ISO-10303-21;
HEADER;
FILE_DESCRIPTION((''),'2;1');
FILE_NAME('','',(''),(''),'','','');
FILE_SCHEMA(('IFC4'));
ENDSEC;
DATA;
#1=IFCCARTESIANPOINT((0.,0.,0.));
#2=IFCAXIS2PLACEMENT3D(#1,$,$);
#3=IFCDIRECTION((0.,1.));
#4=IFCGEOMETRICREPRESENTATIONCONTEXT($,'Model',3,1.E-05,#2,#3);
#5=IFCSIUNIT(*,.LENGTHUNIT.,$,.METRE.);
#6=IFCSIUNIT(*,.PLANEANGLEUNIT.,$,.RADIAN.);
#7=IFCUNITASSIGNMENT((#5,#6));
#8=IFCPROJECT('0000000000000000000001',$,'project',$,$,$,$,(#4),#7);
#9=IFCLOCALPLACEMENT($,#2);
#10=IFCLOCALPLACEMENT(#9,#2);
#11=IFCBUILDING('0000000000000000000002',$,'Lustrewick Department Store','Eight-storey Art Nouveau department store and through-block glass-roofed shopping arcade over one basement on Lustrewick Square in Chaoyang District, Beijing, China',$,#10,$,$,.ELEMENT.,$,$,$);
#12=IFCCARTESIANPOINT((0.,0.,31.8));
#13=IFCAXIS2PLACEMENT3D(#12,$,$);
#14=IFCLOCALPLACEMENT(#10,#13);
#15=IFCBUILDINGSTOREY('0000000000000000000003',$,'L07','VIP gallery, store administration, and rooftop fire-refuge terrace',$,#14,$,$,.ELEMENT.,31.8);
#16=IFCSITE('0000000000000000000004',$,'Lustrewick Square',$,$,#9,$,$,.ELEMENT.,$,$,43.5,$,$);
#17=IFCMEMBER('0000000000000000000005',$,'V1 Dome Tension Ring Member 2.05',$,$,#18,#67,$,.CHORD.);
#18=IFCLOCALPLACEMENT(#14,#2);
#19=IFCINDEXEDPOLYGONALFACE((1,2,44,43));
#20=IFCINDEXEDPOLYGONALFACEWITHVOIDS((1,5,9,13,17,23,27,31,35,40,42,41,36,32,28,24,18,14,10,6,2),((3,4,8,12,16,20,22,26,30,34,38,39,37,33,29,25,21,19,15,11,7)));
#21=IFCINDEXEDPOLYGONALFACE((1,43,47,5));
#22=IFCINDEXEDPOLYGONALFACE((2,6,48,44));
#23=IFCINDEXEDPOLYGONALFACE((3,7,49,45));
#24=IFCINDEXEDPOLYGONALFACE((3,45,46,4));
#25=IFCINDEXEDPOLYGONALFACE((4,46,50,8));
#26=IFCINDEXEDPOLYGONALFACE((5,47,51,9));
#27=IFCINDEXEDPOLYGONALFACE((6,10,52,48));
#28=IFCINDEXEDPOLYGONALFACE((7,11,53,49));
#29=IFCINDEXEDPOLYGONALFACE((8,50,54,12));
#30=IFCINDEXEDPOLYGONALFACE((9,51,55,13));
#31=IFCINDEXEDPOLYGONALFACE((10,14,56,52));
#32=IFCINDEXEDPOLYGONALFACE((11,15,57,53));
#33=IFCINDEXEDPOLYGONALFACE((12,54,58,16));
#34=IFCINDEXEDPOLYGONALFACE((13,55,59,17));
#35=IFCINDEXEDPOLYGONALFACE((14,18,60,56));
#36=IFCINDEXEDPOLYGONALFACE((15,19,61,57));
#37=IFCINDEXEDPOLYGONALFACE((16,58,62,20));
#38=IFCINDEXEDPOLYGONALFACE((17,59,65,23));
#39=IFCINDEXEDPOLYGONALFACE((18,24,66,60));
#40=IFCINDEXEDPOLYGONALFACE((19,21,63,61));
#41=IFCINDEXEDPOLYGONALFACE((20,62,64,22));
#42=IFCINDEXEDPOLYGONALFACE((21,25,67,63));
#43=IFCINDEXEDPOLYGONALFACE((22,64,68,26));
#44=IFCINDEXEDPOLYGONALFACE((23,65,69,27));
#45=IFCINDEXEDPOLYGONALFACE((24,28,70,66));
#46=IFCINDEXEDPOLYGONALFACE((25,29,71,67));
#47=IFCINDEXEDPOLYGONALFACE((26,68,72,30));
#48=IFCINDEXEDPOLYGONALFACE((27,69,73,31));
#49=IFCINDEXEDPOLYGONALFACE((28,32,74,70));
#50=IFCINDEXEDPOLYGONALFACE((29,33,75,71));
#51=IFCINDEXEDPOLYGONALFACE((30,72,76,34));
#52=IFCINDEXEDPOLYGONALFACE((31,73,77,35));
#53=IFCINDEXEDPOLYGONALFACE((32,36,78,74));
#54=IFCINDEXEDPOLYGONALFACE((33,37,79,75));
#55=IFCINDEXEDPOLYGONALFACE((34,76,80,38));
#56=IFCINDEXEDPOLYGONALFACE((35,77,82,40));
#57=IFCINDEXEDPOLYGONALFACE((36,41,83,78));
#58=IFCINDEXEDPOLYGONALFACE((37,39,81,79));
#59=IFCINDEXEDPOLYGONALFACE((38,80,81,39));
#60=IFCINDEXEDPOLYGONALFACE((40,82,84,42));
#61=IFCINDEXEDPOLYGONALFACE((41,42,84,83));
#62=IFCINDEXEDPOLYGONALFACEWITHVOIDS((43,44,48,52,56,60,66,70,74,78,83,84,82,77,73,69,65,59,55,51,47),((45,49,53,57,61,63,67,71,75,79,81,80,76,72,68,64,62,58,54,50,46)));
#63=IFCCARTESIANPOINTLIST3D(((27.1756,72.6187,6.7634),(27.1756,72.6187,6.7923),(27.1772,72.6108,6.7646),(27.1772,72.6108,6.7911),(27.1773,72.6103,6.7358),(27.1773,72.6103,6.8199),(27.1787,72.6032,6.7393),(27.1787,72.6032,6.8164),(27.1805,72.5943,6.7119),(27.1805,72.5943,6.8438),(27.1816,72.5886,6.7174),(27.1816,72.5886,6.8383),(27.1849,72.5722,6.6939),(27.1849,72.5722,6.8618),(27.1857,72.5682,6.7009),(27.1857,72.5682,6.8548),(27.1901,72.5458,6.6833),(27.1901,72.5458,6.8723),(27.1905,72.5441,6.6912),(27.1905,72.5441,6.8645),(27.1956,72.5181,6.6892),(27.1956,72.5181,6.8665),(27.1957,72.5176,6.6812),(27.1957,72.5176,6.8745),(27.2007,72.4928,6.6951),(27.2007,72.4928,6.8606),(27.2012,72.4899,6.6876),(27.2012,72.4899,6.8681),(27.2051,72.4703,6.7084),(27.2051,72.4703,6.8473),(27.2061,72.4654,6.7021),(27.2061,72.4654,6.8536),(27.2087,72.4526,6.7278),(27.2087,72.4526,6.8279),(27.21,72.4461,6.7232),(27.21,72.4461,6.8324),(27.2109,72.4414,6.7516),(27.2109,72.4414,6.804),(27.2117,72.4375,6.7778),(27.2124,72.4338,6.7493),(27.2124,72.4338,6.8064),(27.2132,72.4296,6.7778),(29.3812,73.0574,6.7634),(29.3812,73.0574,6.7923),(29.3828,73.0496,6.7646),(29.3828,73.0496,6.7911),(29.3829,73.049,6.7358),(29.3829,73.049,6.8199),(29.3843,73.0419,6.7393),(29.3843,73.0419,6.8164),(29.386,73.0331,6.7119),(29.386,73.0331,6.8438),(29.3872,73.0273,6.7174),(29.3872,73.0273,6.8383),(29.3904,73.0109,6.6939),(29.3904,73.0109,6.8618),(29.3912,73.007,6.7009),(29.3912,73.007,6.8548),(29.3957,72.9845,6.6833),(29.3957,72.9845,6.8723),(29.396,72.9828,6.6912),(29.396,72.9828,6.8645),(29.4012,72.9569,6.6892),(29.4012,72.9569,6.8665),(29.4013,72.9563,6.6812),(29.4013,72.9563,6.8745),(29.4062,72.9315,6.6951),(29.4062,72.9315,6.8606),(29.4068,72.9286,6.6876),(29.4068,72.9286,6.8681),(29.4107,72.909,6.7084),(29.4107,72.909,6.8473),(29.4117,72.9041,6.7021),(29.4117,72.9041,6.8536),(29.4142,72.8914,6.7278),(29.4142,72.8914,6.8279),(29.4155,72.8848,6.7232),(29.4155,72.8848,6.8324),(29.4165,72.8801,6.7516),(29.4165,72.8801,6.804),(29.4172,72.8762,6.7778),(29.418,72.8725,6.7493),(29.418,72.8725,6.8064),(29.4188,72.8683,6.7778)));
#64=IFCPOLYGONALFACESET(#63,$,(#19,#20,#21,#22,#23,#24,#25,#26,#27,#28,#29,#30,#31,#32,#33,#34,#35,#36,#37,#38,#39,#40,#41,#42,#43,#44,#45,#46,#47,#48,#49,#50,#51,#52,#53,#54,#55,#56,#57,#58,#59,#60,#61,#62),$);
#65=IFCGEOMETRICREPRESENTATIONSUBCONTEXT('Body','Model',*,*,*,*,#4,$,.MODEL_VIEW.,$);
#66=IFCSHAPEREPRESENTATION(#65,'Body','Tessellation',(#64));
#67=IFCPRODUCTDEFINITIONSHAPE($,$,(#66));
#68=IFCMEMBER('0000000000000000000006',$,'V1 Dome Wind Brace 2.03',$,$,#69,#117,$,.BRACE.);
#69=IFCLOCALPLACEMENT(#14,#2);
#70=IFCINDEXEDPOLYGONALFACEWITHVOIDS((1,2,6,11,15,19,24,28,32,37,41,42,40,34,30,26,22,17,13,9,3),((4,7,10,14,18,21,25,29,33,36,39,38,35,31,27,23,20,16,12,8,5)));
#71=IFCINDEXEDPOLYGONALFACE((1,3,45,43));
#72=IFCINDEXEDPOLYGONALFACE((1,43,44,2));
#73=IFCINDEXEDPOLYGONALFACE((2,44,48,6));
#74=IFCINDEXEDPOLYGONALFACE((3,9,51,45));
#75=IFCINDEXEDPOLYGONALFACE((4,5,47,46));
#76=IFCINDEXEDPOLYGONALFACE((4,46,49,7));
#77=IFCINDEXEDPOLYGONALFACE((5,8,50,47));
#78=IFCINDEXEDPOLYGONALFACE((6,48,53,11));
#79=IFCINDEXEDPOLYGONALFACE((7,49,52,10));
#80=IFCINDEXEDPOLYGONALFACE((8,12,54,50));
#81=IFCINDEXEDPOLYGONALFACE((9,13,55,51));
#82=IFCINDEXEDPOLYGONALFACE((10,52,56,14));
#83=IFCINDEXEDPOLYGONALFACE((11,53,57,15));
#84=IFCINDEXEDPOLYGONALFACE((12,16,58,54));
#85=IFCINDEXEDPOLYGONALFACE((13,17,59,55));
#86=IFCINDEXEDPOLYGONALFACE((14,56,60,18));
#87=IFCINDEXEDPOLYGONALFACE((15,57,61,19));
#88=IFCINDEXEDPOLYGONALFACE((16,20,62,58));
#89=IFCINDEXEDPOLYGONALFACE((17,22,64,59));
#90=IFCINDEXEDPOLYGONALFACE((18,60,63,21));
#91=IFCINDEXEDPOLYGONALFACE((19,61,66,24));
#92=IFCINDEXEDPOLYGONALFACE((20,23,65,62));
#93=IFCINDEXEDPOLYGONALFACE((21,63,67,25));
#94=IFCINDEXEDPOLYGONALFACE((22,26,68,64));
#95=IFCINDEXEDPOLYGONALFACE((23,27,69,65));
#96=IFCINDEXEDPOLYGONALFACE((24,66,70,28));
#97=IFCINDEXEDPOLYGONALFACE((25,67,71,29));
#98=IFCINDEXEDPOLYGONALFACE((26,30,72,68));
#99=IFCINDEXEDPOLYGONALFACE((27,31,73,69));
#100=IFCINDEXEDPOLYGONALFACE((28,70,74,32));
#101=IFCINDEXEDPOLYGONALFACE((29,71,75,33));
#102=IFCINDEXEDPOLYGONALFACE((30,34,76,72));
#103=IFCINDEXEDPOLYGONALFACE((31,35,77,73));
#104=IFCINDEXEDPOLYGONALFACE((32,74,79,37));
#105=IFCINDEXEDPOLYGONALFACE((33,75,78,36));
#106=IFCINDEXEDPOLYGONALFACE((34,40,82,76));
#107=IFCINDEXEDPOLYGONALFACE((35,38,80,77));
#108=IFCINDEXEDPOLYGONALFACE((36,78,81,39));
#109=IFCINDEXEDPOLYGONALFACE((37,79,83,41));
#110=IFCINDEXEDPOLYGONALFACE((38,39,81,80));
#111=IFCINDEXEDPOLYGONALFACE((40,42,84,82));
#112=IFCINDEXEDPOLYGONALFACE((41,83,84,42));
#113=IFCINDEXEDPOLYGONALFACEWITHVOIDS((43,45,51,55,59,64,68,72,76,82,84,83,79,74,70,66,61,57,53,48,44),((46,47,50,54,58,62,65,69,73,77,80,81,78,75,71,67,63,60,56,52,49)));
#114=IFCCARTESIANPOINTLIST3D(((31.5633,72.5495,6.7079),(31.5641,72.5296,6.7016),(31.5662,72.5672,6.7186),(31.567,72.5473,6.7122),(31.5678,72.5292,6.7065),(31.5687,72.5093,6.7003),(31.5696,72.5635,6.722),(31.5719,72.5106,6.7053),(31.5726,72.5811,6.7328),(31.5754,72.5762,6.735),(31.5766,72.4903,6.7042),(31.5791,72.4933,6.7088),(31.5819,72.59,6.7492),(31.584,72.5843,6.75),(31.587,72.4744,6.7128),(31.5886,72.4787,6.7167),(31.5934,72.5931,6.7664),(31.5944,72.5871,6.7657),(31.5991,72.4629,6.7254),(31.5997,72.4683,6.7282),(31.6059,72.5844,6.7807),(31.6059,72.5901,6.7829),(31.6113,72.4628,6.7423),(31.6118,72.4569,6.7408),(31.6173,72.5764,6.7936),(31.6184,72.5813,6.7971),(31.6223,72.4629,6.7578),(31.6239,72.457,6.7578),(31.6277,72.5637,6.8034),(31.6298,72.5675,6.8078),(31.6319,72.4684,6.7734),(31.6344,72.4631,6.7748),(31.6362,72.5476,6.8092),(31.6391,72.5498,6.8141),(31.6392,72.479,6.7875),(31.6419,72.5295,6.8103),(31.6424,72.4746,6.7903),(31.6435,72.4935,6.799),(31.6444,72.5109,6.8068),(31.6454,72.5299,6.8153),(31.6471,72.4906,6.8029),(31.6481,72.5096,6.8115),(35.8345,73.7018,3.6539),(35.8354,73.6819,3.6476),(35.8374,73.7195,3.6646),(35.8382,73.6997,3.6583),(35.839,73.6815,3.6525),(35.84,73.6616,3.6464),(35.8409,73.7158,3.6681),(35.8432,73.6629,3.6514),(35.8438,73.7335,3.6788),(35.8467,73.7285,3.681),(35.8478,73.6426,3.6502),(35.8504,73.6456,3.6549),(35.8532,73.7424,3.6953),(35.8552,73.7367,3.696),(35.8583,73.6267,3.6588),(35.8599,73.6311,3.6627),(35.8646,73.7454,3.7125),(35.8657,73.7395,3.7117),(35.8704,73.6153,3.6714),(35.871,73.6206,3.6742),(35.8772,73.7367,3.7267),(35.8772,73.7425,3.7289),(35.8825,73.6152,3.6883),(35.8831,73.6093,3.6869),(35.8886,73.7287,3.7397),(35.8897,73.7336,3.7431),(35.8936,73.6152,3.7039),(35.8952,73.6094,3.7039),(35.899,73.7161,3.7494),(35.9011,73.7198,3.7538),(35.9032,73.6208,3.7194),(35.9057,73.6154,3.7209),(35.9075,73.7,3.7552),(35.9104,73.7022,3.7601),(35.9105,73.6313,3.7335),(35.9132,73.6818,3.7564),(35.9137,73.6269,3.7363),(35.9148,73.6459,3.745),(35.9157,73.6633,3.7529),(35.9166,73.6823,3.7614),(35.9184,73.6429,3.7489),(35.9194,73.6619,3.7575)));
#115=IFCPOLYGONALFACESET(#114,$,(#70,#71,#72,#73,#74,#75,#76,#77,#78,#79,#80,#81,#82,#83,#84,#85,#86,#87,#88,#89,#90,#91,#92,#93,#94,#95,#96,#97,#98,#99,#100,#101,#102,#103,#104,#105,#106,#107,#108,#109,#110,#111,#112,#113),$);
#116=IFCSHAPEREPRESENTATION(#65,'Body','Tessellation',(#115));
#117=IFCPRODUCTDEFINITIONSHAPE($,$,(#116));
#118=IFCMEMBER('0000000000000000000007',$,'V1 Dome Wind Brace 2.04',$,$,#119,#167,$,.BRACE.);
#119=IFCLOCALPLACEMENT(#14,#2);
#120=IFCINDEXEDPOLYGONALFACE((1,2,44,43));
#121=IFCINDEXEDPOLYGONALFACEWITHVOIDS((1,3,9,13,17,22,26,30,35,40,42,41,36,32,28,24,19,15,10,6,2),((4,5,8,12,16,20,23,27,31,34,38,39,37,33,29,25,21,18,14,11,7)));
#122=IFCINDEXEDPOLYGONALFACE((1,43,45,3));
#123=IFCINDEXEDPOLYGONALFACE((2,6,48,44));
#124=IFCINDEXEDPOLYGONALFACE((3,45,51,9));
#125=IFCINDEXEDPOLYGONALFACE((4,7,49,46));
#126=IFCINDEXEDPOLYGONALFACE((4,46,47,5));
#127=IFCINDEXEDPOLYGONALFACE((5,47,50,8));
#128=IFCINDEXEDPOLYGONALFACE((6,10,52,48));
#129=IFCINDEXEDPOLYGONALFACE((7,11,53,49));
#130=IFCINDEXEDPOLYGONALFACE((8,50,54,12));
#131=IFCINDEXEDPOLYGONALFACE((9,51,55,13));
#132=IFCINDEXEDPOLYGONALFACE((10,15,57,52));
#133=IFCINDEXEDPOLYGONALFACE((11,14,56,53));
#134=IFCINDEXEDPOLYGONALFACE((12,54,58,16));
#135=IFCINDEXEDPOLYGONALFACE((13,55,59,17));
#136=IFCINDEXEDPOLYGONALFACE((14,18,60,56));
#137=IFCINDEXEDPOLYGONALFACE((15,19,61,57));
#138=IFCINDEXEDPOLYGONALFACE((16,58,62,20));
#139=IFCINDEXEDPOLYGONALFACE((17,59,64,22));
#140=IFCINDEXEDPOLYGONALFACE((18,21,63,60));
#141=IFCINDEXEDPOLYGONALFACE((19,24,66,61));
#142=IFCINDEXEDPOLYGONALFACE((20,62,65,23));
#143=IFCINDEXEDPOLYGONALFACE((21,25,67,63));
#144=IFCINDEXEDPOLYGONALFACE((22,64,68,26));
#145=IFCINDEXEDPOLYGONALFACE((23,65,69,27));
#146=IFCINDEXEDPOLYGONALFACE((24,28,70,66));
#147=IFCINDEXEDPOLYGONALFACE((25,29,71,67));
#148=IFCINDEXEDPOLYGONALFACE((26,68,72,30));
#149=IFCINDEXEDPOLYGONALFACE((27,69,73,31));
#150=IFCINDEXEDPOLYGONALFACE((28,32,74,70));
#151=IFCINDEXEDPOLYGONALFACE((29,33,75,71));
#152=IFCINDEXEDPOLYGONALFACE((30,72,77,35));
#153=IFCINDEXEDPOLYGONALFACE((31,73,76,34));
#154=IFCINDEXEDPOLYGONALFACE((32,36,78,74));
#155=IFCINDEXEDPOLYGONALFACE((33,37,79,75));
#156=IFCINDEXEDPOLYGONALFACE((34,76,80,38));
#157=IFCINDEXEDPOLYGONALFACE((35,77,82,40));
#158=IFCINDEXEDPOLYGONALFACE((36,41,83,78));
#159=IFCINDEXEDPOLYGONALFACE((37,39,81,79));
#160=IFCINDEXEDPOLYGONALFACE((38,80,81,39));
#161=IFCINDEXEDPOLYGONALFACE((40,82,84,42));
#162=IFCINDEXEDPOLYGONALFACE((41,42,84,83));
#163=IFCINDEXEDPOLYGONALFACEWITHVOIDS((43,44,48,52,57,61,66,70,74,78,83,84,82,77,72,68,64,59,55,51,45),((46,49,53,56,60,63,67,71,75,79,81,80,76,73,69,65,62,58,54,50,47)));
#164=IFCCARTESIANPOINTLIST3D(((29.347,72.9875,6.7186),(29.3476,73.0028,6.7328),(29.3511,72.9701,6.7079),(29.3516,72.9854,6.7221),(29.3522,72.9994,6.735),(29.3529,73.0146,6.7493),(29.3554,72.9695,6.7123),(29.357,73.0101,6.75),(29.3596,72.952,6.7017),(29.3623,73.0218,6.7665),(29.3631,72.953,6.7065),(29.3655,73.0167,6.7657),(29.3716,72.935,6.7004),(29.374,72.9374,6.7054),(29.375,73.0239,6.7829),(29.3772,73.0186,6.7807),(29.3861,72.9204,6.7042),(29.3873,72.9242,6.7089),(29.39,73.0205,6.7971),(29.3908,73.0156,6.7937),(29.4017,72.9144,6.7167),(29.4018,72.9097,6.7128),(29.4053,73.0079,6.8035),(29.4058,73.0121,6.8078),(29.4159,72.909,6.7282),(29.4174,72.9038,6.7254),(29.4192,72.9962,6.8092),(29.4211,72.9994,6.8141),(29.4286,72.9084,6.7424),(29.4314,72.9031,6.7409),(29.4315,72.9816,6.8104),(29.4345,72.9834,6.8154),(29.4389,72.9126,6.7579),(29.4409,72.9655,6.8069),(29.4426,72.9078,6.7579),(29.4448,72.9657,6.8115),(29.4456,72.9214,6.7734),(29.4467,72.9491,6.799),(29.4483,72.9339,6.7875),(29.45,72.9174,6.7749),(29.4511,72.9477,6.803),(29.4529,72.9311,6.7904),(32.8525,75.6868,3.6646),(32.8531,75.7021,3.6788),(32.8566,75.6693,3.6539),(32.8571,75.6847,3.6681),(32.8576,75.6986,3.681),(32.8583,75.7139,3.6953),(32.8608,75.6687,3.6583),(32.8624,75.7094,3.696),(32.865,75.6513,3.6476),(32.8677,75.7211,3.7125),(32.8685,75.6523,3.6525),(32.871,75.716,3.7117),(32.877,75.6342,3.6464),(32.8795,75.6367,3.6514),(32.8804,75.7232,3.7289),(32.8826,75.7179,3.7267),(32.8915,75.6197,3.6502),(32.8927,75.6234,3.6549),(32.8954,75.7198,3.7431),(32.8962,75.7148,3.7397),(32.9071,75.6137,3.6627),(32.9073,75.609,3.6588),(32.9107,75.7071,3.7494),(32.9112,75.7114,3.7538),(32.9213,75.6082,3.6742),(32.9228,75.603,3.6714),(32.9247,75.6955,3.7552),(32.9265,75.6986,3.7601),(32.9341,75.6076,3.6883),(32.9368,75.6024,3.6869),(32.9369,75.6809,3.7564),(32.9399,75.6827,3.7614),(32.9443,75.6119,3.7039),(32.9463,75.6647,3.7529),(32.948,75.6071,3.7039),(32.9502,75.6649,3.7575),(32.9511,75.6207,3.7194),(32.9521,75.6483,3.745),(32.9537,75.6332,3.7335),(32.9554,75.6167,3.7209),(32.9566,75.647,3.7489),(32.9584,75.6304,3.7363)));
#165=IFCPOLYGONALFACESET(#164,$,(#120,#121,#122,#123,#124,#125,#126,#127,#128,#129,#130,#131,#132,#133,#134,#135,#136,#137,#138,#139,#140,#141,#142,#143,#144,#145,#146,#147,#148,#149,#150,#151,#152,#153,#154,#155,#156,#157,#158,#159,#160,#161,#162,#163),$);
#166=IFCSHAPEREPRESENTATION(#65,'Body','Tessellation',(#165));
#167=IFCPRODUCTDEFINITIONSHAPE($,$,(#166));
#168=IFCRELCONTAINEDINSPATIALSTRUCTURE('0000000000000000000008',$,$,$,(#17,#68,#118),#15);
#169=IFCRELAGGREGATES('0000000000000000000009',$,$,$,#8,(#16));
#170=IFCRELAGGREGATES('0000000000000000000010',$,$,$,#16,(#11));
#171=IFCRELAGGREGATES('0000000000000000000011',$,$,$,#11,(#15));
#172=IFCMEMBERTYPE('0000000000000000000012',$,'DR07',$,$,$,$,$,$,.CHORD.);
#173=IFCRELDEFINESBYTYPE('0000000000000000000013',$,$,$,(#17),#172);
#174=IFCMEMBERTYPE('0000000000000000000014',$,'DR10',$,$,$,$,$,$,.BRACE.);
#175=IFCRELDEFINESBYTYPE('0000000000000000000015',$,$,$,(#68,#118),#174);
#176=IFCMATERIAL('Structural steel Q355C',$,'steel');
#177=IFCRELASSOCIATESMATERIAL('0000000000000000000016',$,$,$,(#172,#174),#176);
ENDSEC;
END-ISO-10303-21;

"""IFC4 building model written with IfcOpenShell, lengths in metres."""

from ifc_helpers import new_model, si_unit, direction, frame, origin, origin_2d, place, context, subcontext, project, spatial, hollow_circle, extrude, material, material_profile, profile_set, type_object, element, save


model = new_model("IFC4")

# Units and contexts
model_context = context("Model", 3, precision=1e-05, world=origin(), true_north=direction((0.0, 1.0)))
body_context = subcontext(model_context, "Body", "Model", "MODEL_VIEW")
ifc_project = project(units=[si_unit("LENGTHUNIT", "METRE"), si_unit("PLANEANGLEUNIT", "RADIAN")], contexts=[model_context])

# Site, building, storey
site_placement = place(None, origin())
site = spatial("IfcSite", under=ifc_project, at=site_placement, Name="Lustrewick Square", CompositionType="ELEMENT", RefElevation=43.5)
building_placement = place(site_placement, origin())
building = spatial("IfcBuilding", under=site, at=building_placement, Name="Lustrewick Department Store", Description="Eight-storey Art Nouveau department store and through-block glass-roofed shopping arcade over one basement on Lustrewick Square in Chaoyang District, Beijing, China", CompositionType="ELEMENT")
storey_placement = place(building_placement, frame((0.0, 0.0, 31.8)))
storey = spatial("IfcBuildingStorey", under=building, at=storey_placement, Name="L07", Description="VIP gallery, store administration, and rooftop fire-refuge terrace", CompositionType="ELEMENT", Elevation=31.8)

# Members
ifc_material_1 = material(Name="Structural steel Q355C", Category="steel")
ifc_material_profile_1 = material_profile(ifc_material_1, hollow_circle(Radius=0.0969, WallThickness=0.0081, at=origin_2d()), Name="CHS 194x8")
ifc_profile_set_1 = profile_set([ifc_material_profile_1], Name="Structural steel Q355C")
member_type_1 = type_object("IfcMemberType", Name="DR07", PredefinedType="CHORD", material=ifc_profile_set_1)
member_1_placement = place(storey_placement, frame((29.3999, 72.9634, 6.7778), z_axis=(-0.980785, -0.195093, 0.0), x_axis=(0.195093, -0.980785, 0.0)))
element("IfcMember", 1, at=member_1_placement, inside=storey, type_object=member_type_1, Name="V1 Dome Tension Ring Member 2.05", PredefinedType="CHORD", context=body_context, shape_type="SweptSolid", body=[
    extrude(hollow_circle(Radius=0.0969, WallThickness=0.0081, at=origin_2d()), origin(), (0.0, 0.0, 1.0), 2.2488),
])
ifc_material_profile_2 = material_profile(ifc_material_1, hollow_circle(Radius=0.0701, WallThickness=0.0061, at=origin_2d()), Name="CHS 140x6")
ifc_profile_set_2 = profile_set([ifc_material_profile_2], Name="Structural steel Q355C")
member_type_2 = type_object("IfcMemberType", Name="DR10", PredefinedType="BRACE", material=ifc_profile_set_2)
member_2_placement = place(storey_placement, frame((35.877, 73.677, 3.7039), z_axis=(-0.794548, -0.214362, 0.568105), x_axis=(0.260478, -0.96548, 0.0)))
element("IfcMember", 2, at=member_2_placement, inside=storey, type_object=member_type_2, Name="V1 Dome Wind Brace 2.03", PredefinedType="BRACE", context=body_context, shape_type="SweptSolid", body=[
    extrude(hollow_circle(Radius=0.0701, WallThickness=0.0061, at=origin_2d()), origin(), (0.0, 0.0, 1.0), 5.3757),
])
member_3_placement = place(storey_placement, frame((32.9053, 75.6626, 3.7039), z_axis=(-0.652056, -0.502098, 0.568085), x_axis=(0.610105, -0.79232, 0.0)))
element("IfcMember", 3, at=member_3_placement, inside=storey, type_object=member_type_2, Name="V1 Dome Wind Brace 2.04", PredefinedType="BRACE", context=body_context, shape_type="SweptSolid", body=[
    extrude(hollow_circle(Radius=0.0701, WallThickness=0.0061, at=origin_2d()), origin(), (0.0, 0.0, 1.0), 5.376),
])

save(model, "model.ifc")
